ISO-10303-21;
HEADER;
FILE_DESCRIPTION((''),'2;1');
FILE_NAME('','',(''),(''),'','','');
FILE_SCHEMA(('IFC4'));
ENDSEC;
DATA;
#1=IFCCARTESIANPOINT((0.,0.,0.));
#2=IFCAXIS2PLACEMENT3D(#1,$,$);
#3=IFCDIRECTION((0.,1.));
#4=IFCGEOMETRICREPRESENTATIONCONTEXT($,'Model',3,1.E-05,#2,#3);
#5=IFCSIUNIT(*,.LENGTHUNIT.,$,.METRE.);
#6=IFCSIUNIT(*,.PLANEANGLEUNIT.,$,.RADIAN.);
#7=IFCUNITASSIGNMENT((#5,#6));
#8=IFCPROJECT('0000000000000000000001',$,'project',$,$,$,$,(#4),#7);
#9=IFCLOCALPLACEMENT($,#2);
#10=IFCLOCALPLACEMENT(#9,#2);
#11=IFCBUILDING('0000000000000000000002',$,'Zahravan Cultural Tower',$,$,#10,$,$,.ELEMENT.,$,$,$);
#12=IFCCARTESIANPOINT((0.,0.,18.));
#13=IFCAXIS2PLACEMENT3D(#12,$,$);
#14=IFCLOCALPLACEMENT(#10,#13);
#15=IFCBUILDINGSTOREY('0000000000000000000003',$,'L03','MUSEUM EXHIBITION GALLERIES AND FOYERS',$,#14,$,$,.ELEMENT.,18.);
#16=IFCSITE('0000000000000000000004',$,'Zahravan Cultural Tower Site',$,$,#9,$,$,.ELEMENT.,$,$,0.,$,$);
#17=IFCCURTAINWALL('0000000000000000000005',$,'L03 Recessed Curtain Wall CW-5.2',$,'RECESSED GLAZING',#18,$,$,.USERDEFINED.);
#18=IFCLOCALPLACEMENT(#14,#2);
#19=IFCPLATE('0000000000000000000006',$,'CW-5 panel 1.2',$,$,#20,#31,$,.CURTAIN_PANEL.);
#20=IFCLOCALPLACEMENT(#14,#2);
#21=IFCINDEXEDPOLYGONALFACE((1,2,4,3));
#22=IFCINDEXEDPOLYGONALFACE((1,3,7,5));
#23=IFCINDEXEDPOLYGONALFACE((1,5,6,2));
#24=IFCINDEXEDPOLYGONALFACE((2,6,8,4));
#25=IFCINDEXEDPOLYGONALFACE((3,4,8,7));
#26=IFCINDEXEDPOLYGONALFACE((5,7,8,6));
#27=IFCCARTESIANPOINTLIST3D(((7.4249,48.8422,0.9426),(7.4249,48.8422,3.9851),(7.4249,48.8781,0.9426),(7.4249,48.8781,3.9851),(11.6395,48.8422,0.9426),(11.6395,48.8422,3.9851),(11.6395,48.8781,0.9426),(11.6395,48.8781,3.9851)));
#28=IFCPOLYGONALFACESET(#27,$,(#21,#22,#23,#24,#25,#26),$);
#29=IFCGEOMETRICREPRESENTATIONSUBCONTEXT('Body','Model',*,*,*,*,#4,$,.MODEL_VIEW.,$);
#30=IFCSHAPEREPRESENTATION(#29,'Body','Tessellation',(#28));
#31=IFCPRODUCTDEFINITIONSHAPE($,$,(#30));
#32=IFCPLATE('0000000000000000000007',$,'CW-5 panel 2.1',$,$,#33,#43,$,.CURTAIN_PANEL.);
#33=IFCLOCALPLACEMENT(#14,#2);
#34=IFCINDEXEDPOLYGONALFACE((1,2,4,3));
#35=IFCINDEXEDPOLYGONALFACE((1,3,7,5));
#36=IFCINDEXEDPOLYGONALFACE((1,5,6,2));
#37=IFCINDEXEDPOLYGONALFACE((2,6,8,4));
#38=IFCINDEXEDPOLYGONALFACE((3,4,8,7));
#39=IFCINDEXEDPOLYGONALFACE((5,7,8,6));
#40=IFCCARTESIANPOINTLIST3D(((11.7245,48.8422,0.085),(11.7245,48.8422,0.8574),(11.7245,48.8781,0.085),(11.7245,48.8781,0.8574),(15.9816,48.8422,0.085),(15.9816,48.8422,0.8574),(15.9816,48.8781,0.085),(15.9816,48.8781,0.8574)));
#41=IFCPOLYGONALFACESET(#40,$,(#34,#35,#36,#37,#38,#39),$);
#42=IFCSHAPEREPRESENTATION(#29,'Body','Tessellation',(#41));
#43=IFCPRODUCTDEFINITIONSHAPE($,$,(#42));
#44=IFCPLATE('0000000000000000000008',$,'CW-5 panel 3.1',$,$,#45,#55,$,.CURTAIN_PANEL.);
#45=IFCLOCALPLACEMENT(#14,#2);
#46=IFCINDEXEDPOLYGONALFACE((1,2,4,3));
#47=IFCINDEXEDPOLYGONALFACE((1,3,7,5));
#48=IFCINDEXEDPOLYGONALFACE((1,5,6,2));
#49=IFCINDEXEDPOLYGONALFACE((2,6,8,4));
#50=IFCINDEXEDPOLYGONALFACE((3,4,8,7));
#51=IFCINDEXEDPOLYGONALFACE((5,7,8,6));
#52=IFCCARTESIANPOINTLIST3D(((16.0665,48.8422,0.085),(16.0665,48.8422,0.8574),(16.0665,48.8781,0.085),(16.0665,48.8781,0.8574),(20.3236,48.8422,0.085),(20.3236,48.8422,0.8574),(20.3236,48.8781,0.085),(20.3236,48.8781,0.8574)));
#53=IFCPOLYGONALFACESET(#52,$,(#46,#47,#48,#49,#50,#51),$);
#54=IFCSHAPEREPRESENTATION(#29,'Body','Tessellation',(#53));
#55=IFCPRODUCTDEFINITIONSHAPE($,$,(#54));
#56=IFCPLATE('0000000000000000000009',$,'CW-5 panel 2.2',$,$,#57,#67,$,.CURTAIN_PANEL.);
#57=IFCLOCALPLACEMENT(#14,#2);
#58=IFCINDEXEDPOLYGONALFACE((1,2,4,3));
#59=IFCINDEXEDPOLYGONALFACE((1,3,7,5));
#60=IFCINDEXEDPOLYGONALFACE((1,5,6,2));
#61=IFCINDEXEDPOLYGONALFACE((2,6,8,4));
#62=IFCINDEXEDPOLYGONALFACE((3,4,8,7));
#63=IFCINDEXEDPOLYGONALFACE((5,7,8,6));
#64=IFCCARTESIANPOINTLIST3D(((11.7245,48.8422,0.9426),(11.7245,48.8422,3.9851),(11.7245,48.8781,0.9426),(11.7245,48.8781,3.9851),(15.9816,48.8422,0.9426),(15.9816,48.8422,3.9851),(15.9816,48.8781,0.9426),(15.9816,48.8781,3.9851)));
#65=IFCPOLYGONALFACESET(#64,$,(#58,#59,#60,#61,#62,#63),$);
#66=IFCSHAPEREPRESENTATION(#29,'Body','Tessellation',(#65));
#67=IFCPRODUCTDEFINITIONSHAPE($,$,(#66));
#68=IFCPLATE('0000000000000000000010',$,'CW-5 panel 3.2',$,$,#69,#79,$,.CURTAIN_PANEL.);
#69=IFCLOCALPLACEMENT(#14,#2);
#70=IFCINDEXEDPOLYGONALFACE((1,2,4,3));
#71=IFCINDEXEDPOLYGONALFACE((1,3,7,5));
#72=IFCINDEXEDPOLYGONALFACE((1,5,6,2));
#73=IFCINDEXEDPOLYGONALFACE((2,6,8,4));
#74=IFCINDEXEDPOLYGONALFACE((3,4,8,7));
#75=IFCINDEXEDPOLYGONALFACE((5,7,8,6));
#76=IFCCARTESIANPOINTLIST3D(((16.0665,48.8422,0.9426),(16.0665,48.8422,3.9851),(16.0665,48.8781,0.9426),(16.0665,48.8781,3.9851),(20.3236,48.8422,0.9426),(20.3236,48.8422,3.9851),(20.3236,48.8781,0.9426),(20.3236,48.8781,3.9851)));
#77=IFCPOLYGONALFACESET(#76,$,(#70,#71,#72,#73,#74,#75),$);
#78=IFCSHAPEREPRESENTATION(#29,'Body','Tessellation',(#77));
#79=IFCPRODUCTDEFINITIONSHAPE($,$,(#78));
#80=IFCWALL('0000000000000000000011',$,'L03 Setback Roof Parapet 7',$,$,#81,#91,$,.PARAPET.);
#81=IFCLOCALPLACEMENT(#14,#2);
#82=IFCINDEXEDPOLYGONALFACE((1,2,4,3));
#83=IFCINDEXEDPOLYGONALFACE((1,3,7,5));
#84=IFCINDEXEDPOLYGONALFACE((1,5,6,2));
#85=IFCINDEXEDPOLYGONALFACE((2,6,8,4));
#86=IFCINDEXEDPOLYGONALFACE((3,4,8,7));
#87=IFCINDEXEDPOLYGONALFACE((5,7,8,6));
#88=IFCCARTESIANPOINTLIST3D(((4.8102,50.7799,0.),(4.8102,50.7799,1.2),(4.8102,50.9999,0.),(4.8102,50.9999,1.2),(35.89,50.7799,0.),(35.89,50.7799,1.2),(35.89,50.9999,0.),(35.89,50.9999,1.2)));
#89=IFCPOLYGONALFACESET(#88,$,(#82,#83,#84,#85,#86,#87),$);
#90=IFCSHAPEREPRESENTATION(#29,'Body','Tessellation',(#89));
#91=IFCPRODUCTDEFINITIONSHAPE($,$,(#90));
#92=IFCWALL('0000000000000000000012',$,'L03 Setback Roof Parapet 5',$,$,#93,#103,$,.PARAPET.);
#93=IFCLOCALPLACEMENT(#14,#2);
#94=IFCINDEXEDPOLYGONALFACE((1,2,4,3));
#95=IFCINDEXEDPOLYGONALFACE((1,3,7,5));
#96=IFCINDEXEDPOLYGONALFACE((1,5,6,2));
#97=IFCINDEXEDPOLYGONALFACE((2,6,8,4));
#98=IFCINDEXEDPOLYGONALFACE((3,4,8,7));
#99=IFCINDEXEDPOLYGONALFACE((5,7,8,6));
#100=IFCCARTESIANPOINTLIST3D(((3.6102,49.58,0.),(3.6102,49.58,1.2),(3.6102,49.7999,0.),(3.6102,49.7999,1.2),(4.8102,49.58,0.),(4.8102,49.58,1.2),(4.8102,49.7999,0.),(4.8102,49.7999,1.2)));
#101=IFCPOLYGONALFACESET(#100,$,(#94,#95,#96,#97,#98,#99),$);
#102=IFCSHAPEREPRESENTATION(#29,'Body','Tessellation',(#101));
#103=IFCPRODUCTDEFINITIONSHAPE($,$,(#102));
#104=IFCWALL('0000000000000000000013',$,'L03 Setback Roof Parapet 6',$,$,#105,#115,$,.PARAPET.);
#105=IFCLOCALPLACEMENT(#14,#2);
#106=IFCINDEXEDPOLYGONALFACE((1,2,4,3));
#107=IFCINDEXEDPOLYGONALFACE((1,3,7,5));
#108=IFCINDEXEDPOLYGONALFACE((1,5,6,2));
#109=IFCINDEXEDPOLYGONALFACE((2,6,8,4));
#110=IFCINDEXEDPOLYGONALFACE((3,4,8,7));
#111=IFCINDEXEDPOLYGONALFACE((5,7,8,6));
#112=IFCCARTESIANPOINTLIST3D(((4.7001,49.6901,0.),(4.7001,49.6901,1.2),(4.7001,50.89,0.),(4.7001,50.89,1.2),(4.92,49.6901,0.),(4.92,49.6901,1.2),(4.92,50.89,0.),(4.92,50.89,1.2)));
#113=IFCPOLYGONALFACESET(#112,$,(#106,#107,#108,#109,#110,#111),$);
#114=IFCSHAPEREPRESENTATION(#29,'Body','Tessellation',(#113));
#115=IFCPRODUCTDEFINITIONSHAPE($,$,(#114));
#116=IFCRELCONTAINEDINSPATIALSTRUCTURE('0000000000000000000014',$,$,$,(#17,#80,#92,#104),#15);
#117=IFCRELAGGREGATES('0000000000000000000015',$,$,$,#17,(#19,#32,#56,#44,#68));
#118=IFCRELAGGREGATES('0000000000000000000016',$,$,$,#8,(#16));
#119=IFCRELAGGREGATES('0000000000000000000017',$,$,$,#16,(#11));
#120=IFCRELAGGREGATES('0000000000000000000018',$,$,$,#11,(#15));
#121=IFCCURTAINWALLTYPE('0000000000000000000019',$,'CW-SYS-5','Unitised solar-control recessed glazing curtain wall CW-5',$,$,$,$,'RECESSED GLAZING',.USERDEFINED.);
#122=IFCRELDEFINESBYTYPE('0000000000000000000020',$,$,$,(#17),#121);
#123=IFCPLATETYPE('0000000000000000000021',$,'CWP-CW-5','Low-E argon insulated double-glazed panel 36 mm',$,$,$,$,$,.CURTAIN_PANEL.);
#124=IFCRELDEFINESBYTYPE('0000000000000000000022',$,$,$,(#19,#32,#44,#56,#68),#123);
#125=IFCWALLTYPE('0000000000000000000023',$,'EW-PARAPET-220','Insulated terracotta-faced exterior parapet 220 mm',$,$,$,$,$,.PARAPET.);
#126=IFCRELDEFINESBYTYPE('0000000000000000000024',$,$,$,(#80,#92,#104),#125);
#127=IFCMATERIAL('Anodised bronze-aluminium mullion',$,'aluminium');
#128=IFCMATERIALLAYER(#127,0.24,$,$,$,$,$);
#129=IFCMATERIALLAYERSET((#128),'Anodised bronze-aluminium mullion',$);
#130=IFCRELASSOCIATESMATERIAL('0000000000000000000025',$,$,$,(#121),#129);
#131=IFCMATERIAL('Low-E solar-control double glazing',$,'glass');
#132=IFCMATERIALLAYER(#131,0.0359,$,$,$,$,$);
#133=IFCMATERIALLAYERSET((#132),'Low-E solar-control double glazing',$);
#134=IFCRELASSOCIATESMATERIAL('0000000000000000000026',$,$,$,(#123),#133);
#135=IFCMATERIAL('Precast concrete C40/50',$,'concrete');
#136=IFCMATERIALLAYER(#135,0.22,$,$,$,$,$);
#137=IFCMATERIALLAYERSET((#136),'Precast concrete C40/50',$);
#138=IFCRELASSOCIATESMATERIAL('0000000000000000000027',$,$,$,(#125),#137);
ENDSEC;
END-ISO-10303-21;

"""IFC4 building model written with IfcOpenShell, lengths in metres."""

from ifc_helpers import new_model, si_unit, direction, frame, frame_2d, origin, origin_2d, place, context, subcontext, project, spatial, rectangle, extrude, source, transform, mapped, material, layer, layer_set, type_object, element, aggregate, save


model = new_model("IFC4")

# Units and contexts
model_context = context("Model", 3, precision=1e-05, world=origin(), true_north=direction((0.0, 1.0)))
body_context = subcontext(model_context, "Body", "Model", "MODEL_VIEW")
ifc_project = project(units=[si_unit("LENGTHUNIT", "METRE"), si_unit("PLANEANGLEUNIT", "RADIAN")], contexts=[model_context])

# Site, building, storey
site_placement = place(None, origin())
site = spatial("IfcSite", under=ifc_project, at=site_placement, Name="Zahravan Cultural Tower Site", CompositionType="ELEMENT", RefElevation=0.0)
building_placement = place(site_placement, origin())
building = spatial("IfcBuilding", under=site, at=building_placement, Name="Zahravan Cultural Tower", CompositionType="ELEMENT")
storey_placement = place(building_placement, frame((0.0, 0.0, 18.0)))
storey = spatial("IfcBuildingStorey", under=building, at=storey_placement, Name="L03", Description="MUSEUM EXHIBITION GALLERIES AND FOYERS", CompositionType="ELEMENT", Elevation=18.0)

# Curtain wall, plates
ifc_material_1 = material(Name="Anodised bronze-aluminium mullion", Category="aluminium")
ifc_layer_1 = layer(ifc_material_1, 0.24)
ifc_layer_set_1 = layer_set([ifc_layer_1], Name="Anodised bronze-aluminium mullion")
curtain_wall_type = type_object("IfcCurtainWallType", Name="CW-SYS-5", Description="Unitised solar-control recessed glazing curtain wall CW-5", ElementType="RECESSED GLAZING", PredefinedType="USERDEFINED", material=ifc_layer_set_1)
curtain_wall_placement = place(storey_placement, origin())
curtain_wall = element("IfcCurtainWall", 1, at=curtain_wall_placement, inside=storey, type_object=curtain_wall_type, Name="L03 Recessed Curtain Wall CW-5.2", ObjectType="RECESSED GLAZING", PredefinedType="USERDEFINED")
ifc_material_2 = material(Name="Low-E solar-control double glazing", Category="glass")
ifc_layer_2 = layer(ifc_material_2, 0.0359)
ifc_layer_set_2 = layer_set([ifc_layer_2], Name="Low-E solar-control double glazing")
plate_type = type_object("IfcPlateType", Name="CWP-CW-5", Description="Low-E argon insulated double-glazed panel 36 mm", PredefinedType="CURTAIN_PANEL", material=ifc_layer_set_2)
shared_shape_1 = source(origin(), body_context, "Body", "SweptSolid", [
    extrude(rectangle(XDim=4.2146, YDim=0.0359, at=origin_2d()), origin(), (0.0, 0.0, 1.0), 3.0425),
])
plate_1_placement = place(storey_placement, frame((9.5322, 48.8601, 0.9426), z_axis=(0.0, 0.0, 1.0), x_axis=(1.0, 0.0, 0.0)))
plate_1 = element("IfcPlate", 2, at=plate_1_placement, type_object=plate_type, Name="CW-5 panel 1.2", PredefinedType="CURTAIN_PANEL", context=body_context, shape_type="MappedRepresentation", body=[
    mapped(shared_shape_1, transform((0.0, 0.0, 0.0), x_axis=(1.0, 0.0, 0.0), y_axis=(0.0, 1.0, 0.0), z_axis=(0.0, 0.0, 1.0), scale=1.0)),
])
shared_shape_2 = source(origin(), body_context, "Body", "SweptSolid", [
    extrude(rectangle(XDim=4.2571, YDim=0.0359, at=origin_2d()), origin(), (0.0, 0.0, 1.0), 0.7725),
])
plate_2_placement = place(storey_placement, frame((13.853, 48.8601, 0.085), z_axis=(0.0, 0.0, 1.0), x_axis=(1.0, 0.0, 0.0)))
plate_2 = element("IfcPlate", 3, at=plate_2_placement, type_object=plate_type, Name="CW-5 panel 2.1", PredefinedType="CURTAIN_PANEL", context=body_context, shape_type="MappedRepresentation", body=[
    mapped(shared_shape_2, transform((0.0, 0.0, 0.0), x_axis=(1.0, 0.0, 0.0), y_axis=(0.0, 1.0, 0.0), z_axis=(0.0, 0.0, 1.0), scale=1.0)),
])
plate_3_placement = place(storey_placement, frame((18.1951, 48.8601, 0.085), z_axis=(0.0, 0.0, 1.0), x_axis=(1.0, 0.0, 0.0)))
plate_3 = element("IfcPlate", 4, at=plate_3_placement, type_object=plate_type, Name="CW-5 panel 3.1", PredefinedType="CURTAIN_PANEL", context=body_context, shape_type="MappedRepresentation", body=[
    mapped(shared_shape_2, transform((0.0, 0.0, 0.0), x_axis=(1.0, 0.0, 0.0), y_axis=(0.0, 1.0, 0.0), z_axis=(0.0, 0.0, 1.0), scale=1.0)),
])
shared_shape_3 = source(origin(), body_context, "Body", "SweptSolid", [
    extrude(rectangle(XDim=4.2571, YDim=0.0359, at=origin_2d()), origin(), (0.0, 0.0, 1.0), 3.0425),
])
plate_4_placement = place(storey_placement, frame((13.853, 48.8601, 0.9426), z_axis=(0.0, 0.0, 1.0), x_axis=(1.0, 0.0, 0.0)))
plate_4 = element("IfcPlate", 5, at=plate_4_placement, type_object=plate_type, Name="CW-5 panel 2.2", PredefinedType="CURTAIN_PANEL", context=body_context, shape_type="MappedRepresentation", body=[
    mapped(shared_shape_3, transform((0.0, 0.0, 0.0), x_axis=(1.0, 0.0, 0.0), y_axis=(0.0, 1.0, 0.0), z_axis=(0.0, 0.0, 1.0), scale=1.0)),
])
plate_5_placement = place(storey_placement, frame((18.1951, 48.8601, 0.9426), z_axis=(0.0, 0.0, 1.0), x_axis=(1.0, 0.0, 0.0)))
plate_5 = element("IfcPlate", 6, at=plate_5_placement, type_object=plate_type, Name="CW-5 panel 3.2", PredefinedType="CURTAIN_PANEL", context=body_context, shape_type="MappedRepresentation", body=[
    mapped(shared_shape_3, transform((0.0, 0.0, 0.0), x_axis=(1.0, 0.0, 0.0), y_axis=(0.0, 1.0, 0.0), z_axis=(0.0, 0.0, 1.0), scale=1.0)),
])
aggregate(curtain_wall, [plate_1, plate_2, plate_4, plate_3, plate_5])

# Walls
ifc_material_3 = material(Name="Precast concrete C40/50", Category="concrete")
ifc_layer_3 = layer(ifc_material_3, 0.22)
ifc_layer_set_3 = layer_set([ifc_layer_3], Name="Precast concrete C40/50")
wall_type = type_object("IfcWallType", Name="EW-PARAPET-220", Description="Insulated terracotta-faced exterior parapet 220 mm", PredefinedType="PARAPET", material=ifc_layer_set_3)
shared_shape_4 = source(origin(), body_context, "Body", "SweptSolid", [
    extrude(rectangle(XDim=31.0798, YDim=0.22, at=frame_2d((15.54, 0.0))), origin(), (0.0, 0.0, 1.0), 1.2),
])
wall_placement = place(storey_placement, frame((4.8101, 50.8899, 0.0), z_axis=(0.0, 0.0, 1.0), x_axis=(1.0, 0.0, 0.0)))
element("IfcWall", 7, at=wall_placement, inside=storey, type_object=wall_type, Name="L03 Setback Roof Parapet 7", PredefinedType="PARAPET", context=body_context, shape_type="MappedRepresentation", body=[
    mapped(shared_shape_4, transform((0.0, 0.0, 0.0), x_axis=(1.0, 0.0, 0.0), y_axis=(0.0, 1.0, 0.0), z_axis=(0.0, 0.0, 1.0), scale=1.0)),
])
shared_shape_5 = source(origin(), body_context, "Body", "SweptSolid", [
    extrude(rectangle(XDim=1.2, YDim=0.22, at=frame_2d((0.6001, 0.0))), origin(), (0.0, 0.0, 1.0), 1.2),
])
for number, where, z_axis, x_axis, name in (
    (8, (3.6101, 49.6899, 0.0), (0.0, 0.0, 1.0), (1.0, 0.0, 0.0), "L03 Setback Roof Parapet 5"),
    (9, (4.8101, 49.6899, 0.0), (0.0, 0.0, 1.0), (0.0, 1.0, 0.0), "L03 Setback Roof Parapet 6"),
):
    element("IfcWall", number, at=place(storey_placement, frame(where, z_axis=z_axis, x_axis=x_axis)), inside=storey, type_object=wall_type, Name=name, PredefinedType="PARAPET", context=body_context, shape_type="MappedRepresentation", body=[
        mapped(shared_shape_5, transform((0.0, 0.0, 0.0), x_axis=(1.0, 0.0, 0.0), y_axis=(0.0, 1.0, 0.0), z_axis=(0.0, 0.0, 1.0), scale=1.0)),
    ])

save(model, "model.ifc")
